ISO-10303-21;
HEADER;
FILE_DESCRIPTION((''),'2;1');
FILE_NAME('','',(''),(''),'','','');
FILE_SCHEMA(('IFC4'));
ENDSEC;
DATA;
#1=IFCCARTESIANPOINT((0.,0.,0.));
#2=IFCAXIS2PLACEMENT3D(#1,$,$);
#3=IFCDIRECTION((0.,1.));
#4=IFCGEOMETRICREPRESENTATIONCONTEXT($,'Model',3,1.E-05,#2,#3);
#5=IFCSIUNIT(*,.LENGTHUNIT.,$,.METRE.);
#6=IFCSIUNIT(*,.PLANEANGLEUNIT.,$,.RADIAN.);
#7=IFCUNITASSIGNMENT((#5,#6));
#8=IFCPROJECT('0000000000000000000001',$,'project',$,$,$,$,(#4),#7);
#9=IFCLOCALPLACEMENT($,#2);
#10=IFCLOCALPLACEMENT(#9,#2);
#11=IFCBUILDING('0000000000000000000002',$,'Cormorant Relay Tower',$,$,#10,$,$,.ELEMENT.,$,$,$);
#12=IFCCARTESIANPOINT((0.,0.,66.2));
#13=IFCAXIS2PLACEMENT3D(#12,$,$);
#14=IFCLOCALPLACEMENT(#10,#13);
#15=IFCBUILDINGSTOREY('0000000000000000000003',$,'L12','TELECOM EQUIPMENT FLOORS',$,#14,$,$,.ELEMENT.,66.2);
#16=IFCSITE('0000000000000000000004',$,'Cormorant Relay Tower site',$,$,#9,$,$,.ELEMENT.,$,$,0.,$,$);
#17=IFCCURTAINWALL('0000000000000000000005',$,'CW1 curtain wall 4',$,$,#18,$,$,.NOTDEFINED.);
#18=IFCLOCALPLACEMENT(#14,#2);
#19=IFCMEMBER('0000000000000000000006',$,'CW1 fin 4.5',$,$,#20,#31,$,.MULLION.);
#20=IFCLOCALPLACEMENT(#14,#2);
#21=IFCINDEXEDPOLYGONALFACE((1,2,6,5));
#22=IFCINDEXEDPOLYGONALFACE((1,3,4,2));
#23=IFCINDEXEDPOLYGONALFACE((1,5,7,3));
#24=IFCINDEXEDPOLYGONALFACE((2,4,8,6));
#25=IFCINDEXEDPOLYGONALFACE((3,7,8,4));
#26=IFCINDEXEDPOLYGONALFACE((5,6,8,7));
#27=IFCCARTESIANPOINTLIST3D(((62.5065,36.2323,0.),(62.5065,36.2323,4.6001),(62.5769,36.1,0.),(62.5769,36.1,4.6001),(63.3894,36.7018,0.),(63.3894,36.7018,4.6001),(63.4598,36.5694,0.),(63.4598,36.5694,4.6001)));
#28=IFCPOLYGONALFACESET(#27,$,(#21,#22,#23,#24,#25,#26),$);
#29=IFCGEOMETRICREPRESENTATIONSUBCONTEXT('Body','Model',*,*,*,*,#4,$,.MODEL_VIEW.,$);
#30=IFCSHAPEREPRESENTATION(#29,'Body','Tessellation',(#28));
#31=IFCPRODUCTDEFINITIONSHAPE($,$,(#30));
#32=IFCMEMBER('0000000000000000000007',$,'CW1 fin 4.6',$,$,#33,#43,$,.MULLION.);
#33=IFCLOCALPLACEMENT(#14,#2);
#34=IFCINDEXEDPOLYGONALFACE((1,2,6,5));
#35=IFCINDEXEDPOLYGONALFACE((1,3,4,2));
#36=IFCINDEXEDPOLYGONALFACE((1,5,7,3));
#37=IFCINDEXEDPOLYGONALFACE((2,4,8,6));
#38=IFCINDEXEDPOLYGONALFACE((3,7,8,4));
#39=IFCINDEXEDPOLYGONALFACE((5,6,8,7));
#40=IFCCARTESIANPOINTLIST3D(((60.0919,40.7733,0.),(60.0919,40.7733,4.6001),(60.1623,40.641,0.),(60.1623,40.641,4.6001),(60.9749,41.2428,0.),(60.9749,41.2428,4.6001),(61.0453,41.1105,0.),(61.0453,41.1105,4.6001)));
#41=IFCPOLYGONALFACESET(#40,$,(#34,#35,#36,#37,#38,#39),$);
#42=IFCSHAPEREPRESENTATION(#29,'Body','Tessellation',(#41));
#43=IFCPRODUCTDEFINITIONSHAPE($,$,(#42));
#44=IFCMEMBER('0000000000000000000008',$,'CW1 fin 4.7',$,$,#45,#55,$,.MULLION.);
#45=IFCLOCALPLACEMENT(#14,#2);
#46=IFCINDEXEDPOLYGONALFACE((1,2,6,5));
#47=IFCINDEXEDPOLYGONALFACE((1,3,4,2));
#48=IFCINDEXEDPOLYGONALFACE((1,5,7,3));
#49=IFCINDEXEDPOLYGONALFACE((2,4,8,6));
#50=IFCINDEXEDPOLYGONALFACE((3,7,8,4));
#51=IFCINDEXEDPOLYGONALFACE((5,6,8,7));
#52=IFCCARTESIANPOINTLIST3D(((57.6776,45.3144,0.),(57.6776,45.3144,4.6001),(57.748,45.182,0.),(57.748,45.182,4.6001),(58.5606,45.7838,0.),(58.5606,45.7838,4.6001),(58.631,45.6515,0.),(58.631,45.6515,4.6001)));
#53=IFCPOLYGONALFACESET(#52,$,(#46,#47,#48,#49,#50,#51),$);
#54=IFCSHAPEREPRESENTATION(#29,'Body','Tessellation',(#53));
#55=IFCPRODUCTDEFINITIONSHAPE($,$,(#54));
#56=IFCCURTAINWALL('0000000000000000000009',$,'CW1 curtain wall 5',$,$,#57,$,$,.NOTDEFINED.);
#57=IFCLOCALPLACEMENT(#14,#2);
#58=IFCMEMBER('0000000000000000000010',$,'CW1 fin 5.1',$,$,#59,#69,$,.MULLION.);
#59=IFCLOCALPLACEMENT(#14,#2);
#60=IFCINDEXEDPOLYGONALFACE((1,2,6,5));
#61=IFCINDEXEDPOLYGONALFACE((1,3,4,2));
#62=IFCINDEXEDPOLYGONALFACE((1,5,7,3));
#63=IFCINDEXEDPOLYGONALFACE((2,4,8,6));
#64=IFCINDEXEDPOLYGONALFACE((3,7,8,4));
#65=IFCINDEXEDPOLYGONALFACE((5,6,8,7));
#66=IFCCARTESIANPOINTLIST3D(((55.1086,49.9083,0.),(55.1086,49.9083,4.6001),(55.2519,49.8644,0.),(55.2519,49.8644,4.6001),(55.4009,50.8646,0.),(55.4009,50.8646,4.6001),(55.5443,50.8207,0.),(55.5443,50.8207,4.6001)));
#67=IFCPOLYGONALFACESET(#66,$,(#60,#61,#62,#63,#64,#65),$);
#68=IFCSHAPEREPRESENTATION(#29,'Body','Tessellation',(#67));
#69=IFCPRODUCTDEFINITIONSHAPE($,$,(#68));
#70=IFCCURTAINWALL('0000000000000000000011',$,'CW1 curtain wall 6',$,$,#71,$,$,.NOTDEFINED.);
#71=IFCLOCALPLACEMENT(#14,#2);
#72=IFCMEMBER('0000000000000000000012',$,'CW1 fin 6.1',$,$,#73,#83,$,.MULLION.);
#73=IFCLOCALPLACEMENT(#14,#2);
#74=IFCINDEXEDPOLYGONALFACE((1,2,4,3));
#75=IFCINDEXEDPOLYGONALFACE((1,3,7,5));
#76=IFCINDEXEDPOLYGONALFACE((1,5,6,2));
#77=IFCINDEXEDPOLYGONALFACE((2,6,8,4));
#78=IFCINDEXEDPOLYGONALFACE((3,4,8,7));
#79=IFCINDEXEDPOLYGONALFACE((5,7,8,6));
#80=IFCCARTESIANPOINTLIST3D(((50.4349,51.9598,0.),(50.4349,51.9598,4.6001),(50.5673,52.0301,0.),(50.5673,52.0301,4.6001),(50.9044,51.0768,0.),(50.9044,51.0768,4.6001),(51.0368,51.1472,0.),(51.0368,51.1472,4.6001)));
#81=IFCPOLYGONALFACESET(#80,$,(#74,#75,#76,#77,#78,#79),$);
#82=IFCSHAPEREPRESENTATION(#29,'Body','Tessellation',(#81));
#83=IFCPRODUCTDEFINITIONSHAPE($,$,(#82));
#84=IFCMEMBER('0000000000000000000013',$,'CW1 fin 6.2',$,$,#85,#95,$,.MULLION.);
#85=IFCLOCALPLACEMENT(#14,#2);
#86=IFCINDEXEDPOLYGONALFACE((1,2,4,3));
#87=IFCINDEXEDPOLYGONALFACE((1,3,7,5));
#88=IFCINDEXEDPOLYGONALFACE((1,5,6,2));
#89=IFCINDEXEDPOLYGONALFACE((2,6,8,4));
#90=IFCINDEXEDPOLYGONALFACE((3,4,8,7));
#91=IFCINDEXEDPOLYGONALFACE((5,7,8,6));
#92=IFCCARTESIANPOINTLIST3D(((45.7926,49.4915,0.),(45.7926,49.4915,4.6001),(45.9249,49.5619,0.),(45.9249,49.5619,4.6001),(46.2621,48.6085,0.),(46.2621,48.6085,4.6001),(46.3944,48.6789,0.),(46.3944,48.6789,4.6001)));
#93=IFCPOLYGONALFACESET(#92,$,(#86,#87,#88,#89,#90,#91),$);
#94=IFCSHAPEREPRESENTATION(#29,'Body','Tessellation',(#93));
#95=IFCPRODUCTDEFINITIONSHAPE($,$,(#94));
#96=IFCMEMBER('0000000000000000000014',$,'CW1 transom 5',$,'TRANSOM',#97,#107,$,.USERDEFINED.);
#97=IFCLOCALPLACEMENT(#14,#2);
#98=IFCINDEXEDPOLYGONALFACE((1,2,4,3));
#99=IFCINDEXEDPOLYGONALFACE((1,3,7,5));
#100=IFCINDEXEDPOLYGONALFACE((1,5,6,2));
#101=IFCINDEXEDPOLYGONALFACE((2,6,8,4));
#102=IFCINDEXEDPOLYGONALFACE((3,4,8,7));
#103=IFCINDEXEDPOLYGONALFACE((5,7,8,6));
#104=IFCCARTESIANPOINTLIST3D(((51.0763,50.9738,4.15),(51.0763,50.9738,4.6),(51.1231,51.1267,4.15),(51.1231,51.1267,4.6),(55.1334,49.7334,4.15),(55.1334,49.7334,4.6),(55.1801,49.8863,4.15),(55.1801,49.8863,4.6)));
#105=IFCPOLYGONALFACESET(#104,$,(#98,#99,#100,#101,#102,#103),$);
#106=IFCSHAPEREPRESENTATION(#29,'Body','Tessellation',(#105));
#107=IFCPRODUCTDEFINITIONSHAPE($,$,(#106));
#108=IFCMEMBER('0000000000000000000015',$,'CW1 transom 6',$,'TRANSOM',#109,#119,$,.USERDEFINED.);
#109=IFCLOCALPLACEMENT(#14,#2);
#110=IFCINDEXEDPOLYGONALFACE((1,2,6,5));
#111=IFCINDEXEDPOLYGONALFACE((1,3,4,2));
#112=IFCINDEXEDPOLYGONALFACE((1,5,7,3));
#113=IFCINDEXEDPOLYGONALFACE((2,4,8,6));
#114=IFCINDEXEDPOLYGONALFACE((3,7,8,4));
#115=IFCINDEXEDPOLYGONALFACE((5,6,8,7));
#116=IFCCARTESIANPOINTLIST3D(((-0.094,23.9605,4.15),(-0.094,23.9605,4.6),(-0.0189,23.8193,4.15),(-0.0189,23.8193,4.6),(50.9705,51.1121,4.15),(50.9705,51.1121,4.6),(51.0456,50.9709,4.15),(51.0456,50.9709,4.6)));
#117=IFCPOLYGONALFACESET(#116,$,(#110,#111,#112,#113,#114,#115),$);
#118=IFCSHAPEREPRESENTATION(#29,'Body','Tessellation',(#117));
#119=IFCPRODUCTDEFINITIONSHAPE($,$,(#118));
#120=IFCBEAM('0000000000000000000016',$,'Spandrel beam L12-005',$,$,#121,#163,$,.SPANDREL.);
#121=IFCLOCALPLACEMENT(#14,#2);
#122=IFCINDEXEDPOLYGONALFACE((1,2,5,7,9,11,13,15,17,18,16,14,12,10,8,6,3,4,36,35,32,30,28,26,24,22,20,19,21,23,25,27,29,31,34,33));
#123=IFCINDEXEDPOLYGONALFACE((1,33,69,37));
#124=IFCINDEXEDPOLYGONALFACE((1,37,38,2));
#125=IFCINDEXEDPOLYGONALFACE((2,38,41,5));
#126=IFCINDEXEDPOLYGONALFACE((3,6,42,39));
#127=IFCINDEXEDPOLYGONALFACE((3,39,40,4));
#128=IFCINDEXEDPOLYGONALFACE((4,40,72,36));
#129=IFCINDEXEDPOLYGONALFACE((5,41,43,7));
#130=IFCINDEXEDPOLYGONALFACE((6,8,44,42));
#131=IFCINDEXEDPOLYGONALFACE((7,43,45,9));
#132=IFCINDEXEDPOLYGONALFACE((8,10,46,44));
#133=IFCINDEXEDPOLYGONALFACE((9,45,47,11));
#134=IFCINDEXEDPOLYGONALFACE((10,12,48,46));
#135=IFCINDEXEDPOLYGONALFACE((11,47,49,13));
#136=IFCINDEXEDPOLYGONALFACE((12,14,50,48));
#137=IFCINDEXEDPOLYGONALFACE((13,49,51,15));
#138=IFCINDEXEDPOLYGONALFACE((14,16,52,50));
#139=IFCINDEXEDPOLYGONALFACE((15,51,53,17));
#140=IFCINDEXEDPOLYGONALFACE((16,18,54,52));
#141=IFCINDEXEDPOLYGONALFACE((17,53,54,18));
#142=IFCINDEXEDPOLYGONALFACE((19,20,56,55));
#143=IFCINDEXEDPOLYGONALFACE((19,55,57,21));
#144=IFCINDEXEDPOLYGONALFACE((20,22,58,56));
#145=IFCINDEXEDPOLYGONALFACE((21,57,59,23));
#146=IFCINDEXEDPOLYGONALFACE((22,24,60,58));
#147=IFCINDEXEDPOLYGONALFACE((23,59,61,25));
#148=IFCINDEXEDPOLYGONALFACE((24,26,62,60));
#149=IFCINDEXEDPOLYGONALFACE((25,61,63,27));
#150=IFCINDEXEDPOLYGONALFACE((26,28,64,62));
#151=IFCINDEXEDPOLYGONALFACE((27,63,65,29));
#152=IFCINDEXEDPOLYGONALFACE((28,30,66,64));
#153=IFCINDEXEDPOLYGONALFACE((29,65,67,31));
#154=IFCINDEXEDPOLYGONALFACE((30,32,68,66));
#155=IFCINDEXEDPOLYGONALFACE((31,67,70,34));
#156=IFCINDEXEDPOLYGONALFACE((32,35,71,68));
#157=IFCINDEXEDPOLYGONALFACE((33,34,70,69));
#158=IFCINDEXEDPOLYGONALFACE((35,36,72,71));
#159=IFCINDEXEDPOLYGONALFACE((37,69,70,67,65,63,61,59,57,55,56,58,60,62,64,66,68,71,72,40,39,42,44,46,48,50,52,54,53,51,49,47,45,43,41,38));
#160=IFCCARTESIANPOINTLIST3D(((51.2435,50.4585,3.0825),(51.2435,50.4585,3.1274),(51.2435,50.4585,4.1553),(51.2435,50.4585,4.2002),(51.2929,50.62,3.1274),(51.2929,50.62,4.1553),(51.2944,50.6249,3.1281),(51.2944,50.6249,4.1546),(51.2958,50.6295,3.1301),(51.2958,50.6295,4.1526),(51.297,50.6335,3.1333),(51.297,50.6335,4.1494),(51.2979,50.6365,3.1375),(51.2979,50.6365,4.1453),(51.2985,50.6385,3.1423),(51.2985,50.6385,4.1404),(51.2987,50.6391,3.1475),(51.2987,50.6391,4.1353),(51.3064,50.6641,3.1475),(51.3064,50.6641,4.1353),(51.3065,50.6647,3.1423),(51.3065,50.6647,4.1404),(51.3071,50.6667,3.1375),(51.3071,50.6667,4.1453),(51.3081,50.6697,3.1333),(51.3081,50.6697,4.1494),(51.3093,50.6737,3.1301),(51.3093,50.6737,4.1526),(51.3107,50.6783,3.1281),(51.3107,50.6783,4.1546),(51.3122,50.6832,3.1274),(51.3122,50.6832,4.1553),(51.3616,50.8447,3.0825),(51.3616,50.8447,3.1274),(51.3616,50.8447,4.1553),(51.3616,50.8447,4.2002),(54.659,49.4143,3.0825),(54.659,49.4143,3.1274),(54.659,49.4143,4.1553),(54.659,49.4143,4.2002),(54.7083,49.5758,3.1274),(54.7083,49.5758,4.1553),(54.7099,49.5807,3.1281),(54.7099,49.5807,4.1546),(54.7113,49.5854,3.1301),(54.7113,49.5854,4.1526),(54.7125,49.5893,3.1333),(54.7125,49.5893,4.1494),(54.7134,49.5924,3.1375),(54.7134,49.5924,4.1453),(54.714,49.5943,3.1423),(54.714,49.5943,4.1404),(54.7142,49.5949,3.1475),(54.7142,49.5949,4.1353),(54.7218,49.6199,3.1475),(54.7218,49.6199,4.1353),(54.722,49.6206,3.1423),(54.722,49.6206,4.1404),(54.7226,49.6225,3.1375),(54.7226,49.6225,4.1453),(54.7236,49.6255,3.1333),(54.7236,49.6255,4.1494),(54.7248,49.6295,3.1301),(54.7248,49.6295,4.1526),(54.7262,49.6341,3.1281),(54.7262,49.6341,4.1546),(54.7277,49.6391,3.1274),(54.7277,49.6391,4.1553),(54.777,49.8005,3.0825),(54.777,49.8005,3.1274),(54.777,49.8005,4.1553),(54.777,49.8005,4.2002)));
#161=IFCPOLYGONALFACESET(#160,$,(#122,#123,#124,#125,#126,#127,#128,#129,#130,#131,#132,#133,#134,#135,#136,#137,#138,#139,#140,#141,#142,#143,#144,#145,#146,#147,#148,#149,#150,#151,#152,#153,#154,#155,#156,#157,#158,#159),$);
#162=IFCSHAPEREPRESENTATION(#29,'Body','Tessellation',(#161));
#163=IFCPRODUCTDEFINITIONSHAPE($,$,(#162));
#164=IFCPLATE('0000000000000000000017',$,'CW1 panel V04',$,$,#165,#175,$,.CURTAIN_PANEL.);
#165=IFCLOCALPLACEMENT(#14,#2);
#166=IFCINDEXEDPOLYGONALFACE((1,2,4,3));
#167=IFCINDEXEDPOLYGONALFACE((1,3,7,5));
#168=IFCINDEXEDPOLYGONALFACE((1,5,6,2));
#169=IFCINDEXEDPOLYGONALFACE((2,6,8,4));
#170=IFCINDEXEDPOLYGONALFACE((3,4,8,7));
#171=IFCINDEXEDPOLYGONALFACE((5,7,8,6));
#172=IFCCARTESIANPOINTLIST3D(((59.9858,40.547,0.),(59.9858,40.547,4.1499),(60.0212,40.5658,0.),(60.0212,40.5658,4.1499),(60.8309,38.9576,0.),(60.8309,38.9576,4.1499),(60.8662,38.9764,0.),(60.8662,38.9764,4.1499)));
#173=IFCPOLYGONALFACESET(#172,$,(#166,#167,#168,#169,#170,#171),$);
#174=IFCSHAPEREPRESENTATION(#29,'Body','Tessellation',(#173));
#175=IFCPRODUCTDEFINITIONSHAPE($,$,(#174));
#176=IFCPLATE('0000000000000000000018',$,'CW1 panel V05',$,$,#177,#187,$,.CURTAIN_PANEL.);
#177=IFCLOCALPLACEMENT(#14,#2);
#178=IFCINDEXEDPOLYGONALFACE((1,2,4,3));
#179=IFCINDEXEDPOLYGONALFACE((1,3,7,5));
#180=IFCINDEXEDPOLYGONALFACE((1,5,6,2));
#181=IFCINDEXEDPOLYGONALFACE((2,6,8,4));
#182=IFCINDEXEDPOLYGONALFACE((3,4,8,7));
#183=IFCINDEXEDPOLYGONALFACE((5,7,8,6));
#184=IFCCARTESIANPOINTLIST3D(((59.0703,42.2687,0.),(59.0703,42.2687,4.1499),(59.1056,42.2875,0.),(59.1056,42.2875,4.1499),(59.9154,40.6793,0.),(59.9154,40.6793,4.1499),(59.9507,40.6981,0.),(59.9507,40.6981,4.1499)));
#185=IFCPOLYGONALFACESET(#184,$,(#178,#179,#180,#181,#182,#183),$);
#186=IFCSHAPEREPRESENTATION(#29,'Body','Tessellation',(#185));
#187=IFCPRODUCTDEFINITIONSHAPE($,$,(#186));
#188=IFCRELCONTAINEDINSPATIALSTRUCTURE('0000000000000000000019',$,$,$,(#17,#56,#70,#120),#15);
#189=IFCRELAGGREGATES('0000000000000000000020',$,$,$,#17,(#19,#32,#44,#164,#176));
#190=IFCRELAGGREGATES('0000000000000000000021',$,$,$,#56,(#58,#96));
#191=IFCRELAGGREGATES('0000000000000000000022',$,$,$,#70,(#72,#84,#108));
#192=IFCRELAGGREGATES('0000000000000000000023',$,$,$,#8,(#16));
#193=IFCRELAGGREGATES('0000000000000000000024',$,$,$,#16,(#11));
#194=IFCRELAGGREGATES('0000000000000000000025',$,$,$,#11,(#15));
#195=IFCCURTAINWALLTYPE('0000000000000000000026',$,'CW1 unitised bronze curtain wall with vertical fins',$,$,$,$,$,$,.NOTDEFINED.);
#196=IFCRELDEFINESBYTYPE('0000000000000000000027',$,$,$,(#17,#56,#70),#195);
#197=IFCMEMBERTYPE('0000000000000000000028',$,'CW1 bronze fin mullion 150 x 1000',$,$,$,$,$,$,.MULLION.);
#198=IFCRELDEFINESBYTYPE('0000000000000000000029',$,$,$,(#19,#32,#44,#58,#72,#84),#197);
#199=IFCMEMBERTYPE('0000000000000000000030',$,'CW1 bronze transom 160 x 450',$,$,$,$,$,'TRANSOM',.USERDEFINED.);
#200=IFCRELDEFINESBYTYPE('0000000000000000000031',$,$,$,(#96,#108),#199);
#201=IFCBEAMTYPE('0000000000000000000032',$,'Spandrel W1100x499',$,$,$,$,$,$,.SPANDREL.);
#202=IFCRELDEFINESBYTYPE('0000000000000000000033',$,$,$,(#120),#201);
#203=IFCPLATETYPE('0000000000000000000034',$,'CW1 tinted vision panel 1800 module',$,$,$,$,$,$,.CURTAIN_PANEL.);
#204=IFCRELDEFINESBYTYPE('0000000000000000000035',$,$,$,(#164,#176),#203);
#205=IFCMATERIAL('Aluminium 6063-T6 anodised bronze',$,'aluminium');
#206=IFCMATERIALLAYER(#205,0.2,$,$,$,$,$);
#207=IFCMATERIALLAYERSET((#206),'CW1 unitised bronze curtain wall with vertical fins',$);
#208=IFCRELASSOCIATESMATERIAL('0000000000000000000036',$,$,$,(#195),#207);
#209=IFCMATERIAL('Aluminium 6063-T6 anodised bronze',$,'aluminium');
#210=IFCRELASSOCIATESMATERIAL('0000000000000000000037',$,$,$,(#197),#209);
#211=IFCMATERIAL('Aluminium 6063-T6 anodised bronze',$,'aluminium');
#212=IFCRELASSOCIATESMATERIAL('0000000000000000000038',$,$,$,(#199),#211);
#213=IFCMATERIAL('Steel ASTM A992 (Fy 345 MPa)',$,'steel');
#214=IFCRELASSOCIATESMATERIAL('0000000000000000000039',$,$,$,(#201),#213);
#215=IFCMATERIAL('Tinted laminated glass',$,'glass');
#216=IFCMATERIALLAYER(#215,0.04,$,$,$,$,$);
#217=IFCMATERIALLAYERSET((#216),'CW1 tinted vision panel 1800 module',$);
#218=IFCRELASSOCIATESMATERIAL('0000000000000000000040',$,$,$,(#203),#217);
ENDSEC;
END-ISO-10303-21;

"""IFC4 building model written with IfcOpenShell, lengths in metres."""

from ifc_helpers import new_model, si_unit, direction, frame, origin, origin_2d, place, context, subcontext, project, spatial, rectangle, i_section, extrude, material, layer, layer_set, material_profile, profile_set, type_object, element, aggregate, save


model = new_model("IFC4")

# Units and contexts
model_context = context("Model", 3, precision=1e-05, world=origin(), true_north=direction((0.0, 1.0)))
body_context = subcontext(model_context, "Body", "Model", "MODEL_VIEW")
ifc_project = project(units=[si_unit("LENGTHUNIT", "METRE"), si_unit("PLANEANGLEUNIT", "RADIAN")], contexts=[model_context])

# Site, building, storey
site_placement = place(None, origin())
site = spatial("IfcSite", under=ifc_project, at=site_placement, Name="Cormorant Relay Tower site", CompositionType="ELEMENT", RefElevation=0.0)
building_placement = place(site_placement, origin())
building = spatial("IfcBuilding", under=site, at=building_placement, Name="Cormorant Relay Tower", CompositionType="ELEMENT")
storey_placement = place(building_placement, frame((0.0, 0.0, 66.2)))
storey = spatial("IfcBuildingStorey", under=building, at=storey_placement, Name="L12", Description="TELECOM EQUIPMENT FLOORS", CompositionType="ELEMENT", Elevation=66.2)

# Curtain wall, members
ifc_material_1 = material(Name="Aluminium 6063-T6 anodised bronze", Category="aluminium")
ifc_layer_1 = layer(ifc_material_1, 0.2)
ifc_layer_set_1 = layer_set([ifc_layer_1], Name="CW1 unitised bronze curtain wall with vertical fins")
curtain_wall_type = type_object("IfcCurtainWallType", Name="CW1 unitised bronze curtain wall with vertical fins", PredefinedType="NOTDEFINED", material=ifc_layer_set_1)
curtain_wall_1_placement = place(storey_placement, origin())
curtain_wall_1 = element("IfcCurtainWall", 1, at=curtain_wall_1_placement, inside=storey, type_object=curtain_wall_type, Name="CW1 curtain wall 4", PredefinedType="NOTDEFINED")
ifc_material_2 = material(Name="Aluminium 6063-T6 anodised bronze", Category="aluminium")
ifc_material_profile_1 = material_profile(ifc_material_2, rectangle(XDim=0.1499, YDim=1.0, at=origin_2d()), Name="AL 150x1000")
ifc_profile_set_1 = profile_set([ifc_material_profile_1], Name="Aluminium 6063-T6 anodised bronze")
member_type_1 = type_object("IfcMemberType", Name="CW1 bronze fin mullion 150 x 1000", PredefinedType="MULLION", material=ifc_profile_set_1)
member_1_placement = place(storey_placement, frame((62.9832, 36.4009, 0.0), z_axis=(0.0, 0.0, 1.0), x_axis=(-0.469472, 0.882948, 0.0)))
member_1 = element("IfcMember", 2, at=member_1_placement, type_object=member_type_1, Name="CW1 fin 4.5", PredefinedType="MULLION", context=body_context, shape_type="SweptSolid", body=[
    extrude(rectangle(XDim=0.1499, YDim=1.0, at=origin_2d()), origin(), (0.0, 0.0, 1.0), 4.6001),
])
member_2_placement = place(storey_placement, frame((60.5686, 40.9419, 0.0), z_axis=(0.0, 0.0, 1.0), x_axis=(-0.469472, 0.882948, 0.0)))
member_2 = element("IfcMember", 3, at=member_2_placement, type_object=member_type_1, Name="CW1 fin 4.6", PredefinedType="MULLION", context=body_context, shape_type="SweptSolid", body=[
    extrude(rectangle(XDim=0.1499, YDim=1.0, at=origin_2d()), origin(), (0.0, 0.0, 1.0), 4.6001),
])
member_3_placement = place(storey_placement, frame((58.1543, 45.4829, 0.0), z_axis=(0.0, 0.0, 1.0), x_axis=(-0.469472, 0.882948, 0.0)))
member_3 = element("IfcMember", 4, at=member_3_placement, type_object=member_type_1, Name="CW1 fin 4.7", PredefinedType="MULLION", context=body_context, shape_type="SweptSolid", body=[
    extrude(rectangle(XDim=0.1499, YDim=1.0, at=origin_2d()), origin(), (0.0, 0.0, 1.0), 4.6001),
])

# Curtain wall, member
curtain_wall_2_placement = place(storey_placement, origin())
curtain_wall_2 = element("IfcCurtainWall", 5, at=curtain_wall_2_placement, inside=storey, type_object=curtain_wall_type, Name="CW1 curtain wall 5", PredefinedType="NOTDEFINED")
member_4_placement = place(storey_placement, frame((55.3264, 50.3645, 0.0), z_axis=(0.0, 0.0, 1.0), x_axis=(-0.956305, 0.292372, 0.0)))
member_4 = element("IfcMember", 6, at=member_4_placement, type_object=member_type_1, Name="CW1 fin 5.1", PredefinedType="MULLION", context=body_context, shape_type="SweptSolid", body=[
    extrude(rectangle(XDim=0.1499, YDim=1.0, at=origin_2d()), origin(), (0.0, 0.0, 1.0), 4.6001),
])

# Curtain wall, members
curtain_wall_3_placement = place(storey_placement, origin())
curtain_wall_3 = element("IfcCurtainWall", 7, at=curtain_wall_3_placement, inside=storey, type_object=curtain_wall_type, Name="CW1 curtain wall 6", PredefinedType="NOTDEFINED")
member_5_placement = place(storey_placement, frame((50.7358, 51.5535, 0.0), z_axis=(0.0, 0.0, 1.0), x_axis=(-0.882948, -0.469472, 0.0)))
member_5 = element("IfcMember", 8, at=member_5_placement, type_object=member_type_1, Name="CW1 fin 6.1", PredefinedType="MULLION", context=body_context, shape_type="SweptSolid", body=[
    extrude(rectangle(XDim=0.1499, YDim=1.0, at=origin_2d()), origin(), (0.0, 0.0, 1.0), 4.6001),
])
member_6_placement = place(storey_placement, frame((46.0935, 49.0852, 0.0), z_axis=(0.0, 0.0, 1.0), x_axis=(-0.882948, -0.469472, 0.0)))
member_6 = element("IfcMember", 9, at=member_6_placement, type_object=member_type_1, Name="CW1 fin 6.2", PredefinedType="MULLION", context=body_context, shape_type="SweptSolid", body=[
    extrude(rectangle(XDim=0.1499, YDim=1.0, at=origin_2d()), origin(), (0.0, 0.0, 1.0), 4.6001),
])

# Members
ifc_material_3 = material(Name="Aluminium 6063-T6 anodised bronze", Category="aluminium")
ifc_material_profile_2 = material_profile(ifc_material_3, rectangle(XDim=0.1599, YDim=0.45, at=origin_2d()), Name="AL 160x450")
ifc_profile_set_2 = profile_set([ifc_material_profile_2], Name="Aluminium 6063-T6 anodised bronze")
member_type_2 = type_object("IfcMemberType", Name="CW1 bronze transom 160 x 450", ElementType="TRANSOM", PredefinedType="USERDEFINED", material=ifc_profile_set_2)
member_7_placement = place(storey_placement, frame((55.1567, 49.8098, 4.375), z_axis=(-0.956299, 0.292391, 0.0), x_axis=(-0.292391, -0.956299, 0.0)))
member_7 = element("IfcMember", 10, at=member_7_placement, type_object=member_type_2, Name="CW1 transom 5", ObjectType="TRANSOM", PredefinedType="USERDEFINED", context=body_context, shape_type="SweptSolid", body=[
    extrude(rectangle(XDim=0.1599, YDim=0.45, at=origin_2d()), origin(), (0.0, 0.0, 1.0), 4.2424),
])
member_8_placement = place(storey_placement, frame((51.0081, 51.0415, 4.375), z_axis=(-0.882946, -0.469474, 0.0), x_axis=(0.469474, -0.882946, 0.0)))
member_8 = element("IfcMember", 11, at=member_8_placement, type_object=member_type_2, Name="CW1 transom 6", ObjectType="TRANSOM", PredefinedType="USERDEFINED", context=body_context, shape_type="SweptSolid", body=[
    extrude(rectangle(XDim=0.1599, YDim=0.45, at=origin_2d()), origin(), (0.0, 0.0, 1.0), 57.8342),
])

# Beam
ifc_material_4 = material(Name="Steel ASTM A992 (Fy 345 MPa)", Category="steel")
ifc_material_profile_3 = material_profile(ifc_material_4, i_section(OverallWidth=0.4038, OverallDepth=1.1177, WebThickness=0.0261, FlangeThickness=0.0449, FilletRadius=0.02, at=origin_2d()), Name="W1100x499")
ifc_profile_set_3 = profile_set([ifc_material_profile_3], Name="Steel ASTM A992 (Fy 345 MPa)")
beam_type = type_object("IfcBeamType", Name="Spandrel W1100x499", PredefinedType="SPANDREL", material=ifc_profile_set_3)
beam_placement = place(storey_placement, frame((54.718, 49.6074, 3.6414), z_axis=(-0.956308, 0.292361, 0.0), x_axis=(-0.292361, -0.956308, 0.0)))
element("IfcBeam", 12, at=beam_placement, inside=storey, type_object=beam_type, Name="Spandrel beam L12-005", PredefinedType="SPANDREL", context=body_context, shape_type="SweptSolid", body=[
    extrude(i_section(OverallWidth=0.4038, OverallDepth=1.1177, WebThickness=0.0261, FlangeThickness=0.0449, FilletRadius=0.02, at=origin_2d()), origin(), (0.0, 0.0, 1.0), 3.5715),
])

# Plates
ifc_material_5 = material(Name="Tinted laminated glass", Category="glass")
ifc_layer_2 = layer(ifc_material_5, 0.04)
ifc_layer_set_2 = layer_set([ifc_layer_2], Name="CW1 tinted vision panel 1800 module")
plate_type = type_object("IfcPlateType", Name="CW1 tinted vision panel 1800 module", PredefinedType="CURTAIN_PANEL", material=ifc_layer_set_2)
plate_1_placement = place(storey_placement, frame((60.426, 39.7617, 0.0), z_axis=(0.0, 0.0, 1.0), x_axis=(-0.469472, 0.882948, 0.0)))
plate_1 = element("IfcPlate", 13, at=plate_1_placement, type_object=plate_type, Name="CW1 panel V04", PredefinedType="CURTAIN_PANEL", context=body_context, shape_type="SweptSolid", body=[
    extrude(rectangle(XDim=1.8, YDim=0.04, at=origin_2d()), origin(), (0.0, 0.0, 1.0), 4.1499),
])
plate_2_placement = place(storey_placement, frame((59.5105, 41.4834, 0.0), z_axis=(0.0, 0.0, 1.0), x_axis=(-0.469472, 0.882948, 0.0)))
plate_2 = element("IfcPlate", 14, at=plate_2_placement, type_object=plate_type, Name="CW1 panel V05", PredefinedType="CURTAIN_PANEL", context=body_context, shape_type="SweptSolid", body=[
    extrude(rectangle(XDim=1.8, YDim=0.04, at=origin_2d()), origin(), (0.0, 0.0, 1.0), 4.1499),
])

aggregate(curtain_wall_1, [member_1, member_2, member_3, plate_1, plate_2])
aggregate(curtain_wall_2, [member_4, member_7])
aggregate(curtain_wall_3, [member_5, member_6, member_8])

save(model, "model.ifc")
